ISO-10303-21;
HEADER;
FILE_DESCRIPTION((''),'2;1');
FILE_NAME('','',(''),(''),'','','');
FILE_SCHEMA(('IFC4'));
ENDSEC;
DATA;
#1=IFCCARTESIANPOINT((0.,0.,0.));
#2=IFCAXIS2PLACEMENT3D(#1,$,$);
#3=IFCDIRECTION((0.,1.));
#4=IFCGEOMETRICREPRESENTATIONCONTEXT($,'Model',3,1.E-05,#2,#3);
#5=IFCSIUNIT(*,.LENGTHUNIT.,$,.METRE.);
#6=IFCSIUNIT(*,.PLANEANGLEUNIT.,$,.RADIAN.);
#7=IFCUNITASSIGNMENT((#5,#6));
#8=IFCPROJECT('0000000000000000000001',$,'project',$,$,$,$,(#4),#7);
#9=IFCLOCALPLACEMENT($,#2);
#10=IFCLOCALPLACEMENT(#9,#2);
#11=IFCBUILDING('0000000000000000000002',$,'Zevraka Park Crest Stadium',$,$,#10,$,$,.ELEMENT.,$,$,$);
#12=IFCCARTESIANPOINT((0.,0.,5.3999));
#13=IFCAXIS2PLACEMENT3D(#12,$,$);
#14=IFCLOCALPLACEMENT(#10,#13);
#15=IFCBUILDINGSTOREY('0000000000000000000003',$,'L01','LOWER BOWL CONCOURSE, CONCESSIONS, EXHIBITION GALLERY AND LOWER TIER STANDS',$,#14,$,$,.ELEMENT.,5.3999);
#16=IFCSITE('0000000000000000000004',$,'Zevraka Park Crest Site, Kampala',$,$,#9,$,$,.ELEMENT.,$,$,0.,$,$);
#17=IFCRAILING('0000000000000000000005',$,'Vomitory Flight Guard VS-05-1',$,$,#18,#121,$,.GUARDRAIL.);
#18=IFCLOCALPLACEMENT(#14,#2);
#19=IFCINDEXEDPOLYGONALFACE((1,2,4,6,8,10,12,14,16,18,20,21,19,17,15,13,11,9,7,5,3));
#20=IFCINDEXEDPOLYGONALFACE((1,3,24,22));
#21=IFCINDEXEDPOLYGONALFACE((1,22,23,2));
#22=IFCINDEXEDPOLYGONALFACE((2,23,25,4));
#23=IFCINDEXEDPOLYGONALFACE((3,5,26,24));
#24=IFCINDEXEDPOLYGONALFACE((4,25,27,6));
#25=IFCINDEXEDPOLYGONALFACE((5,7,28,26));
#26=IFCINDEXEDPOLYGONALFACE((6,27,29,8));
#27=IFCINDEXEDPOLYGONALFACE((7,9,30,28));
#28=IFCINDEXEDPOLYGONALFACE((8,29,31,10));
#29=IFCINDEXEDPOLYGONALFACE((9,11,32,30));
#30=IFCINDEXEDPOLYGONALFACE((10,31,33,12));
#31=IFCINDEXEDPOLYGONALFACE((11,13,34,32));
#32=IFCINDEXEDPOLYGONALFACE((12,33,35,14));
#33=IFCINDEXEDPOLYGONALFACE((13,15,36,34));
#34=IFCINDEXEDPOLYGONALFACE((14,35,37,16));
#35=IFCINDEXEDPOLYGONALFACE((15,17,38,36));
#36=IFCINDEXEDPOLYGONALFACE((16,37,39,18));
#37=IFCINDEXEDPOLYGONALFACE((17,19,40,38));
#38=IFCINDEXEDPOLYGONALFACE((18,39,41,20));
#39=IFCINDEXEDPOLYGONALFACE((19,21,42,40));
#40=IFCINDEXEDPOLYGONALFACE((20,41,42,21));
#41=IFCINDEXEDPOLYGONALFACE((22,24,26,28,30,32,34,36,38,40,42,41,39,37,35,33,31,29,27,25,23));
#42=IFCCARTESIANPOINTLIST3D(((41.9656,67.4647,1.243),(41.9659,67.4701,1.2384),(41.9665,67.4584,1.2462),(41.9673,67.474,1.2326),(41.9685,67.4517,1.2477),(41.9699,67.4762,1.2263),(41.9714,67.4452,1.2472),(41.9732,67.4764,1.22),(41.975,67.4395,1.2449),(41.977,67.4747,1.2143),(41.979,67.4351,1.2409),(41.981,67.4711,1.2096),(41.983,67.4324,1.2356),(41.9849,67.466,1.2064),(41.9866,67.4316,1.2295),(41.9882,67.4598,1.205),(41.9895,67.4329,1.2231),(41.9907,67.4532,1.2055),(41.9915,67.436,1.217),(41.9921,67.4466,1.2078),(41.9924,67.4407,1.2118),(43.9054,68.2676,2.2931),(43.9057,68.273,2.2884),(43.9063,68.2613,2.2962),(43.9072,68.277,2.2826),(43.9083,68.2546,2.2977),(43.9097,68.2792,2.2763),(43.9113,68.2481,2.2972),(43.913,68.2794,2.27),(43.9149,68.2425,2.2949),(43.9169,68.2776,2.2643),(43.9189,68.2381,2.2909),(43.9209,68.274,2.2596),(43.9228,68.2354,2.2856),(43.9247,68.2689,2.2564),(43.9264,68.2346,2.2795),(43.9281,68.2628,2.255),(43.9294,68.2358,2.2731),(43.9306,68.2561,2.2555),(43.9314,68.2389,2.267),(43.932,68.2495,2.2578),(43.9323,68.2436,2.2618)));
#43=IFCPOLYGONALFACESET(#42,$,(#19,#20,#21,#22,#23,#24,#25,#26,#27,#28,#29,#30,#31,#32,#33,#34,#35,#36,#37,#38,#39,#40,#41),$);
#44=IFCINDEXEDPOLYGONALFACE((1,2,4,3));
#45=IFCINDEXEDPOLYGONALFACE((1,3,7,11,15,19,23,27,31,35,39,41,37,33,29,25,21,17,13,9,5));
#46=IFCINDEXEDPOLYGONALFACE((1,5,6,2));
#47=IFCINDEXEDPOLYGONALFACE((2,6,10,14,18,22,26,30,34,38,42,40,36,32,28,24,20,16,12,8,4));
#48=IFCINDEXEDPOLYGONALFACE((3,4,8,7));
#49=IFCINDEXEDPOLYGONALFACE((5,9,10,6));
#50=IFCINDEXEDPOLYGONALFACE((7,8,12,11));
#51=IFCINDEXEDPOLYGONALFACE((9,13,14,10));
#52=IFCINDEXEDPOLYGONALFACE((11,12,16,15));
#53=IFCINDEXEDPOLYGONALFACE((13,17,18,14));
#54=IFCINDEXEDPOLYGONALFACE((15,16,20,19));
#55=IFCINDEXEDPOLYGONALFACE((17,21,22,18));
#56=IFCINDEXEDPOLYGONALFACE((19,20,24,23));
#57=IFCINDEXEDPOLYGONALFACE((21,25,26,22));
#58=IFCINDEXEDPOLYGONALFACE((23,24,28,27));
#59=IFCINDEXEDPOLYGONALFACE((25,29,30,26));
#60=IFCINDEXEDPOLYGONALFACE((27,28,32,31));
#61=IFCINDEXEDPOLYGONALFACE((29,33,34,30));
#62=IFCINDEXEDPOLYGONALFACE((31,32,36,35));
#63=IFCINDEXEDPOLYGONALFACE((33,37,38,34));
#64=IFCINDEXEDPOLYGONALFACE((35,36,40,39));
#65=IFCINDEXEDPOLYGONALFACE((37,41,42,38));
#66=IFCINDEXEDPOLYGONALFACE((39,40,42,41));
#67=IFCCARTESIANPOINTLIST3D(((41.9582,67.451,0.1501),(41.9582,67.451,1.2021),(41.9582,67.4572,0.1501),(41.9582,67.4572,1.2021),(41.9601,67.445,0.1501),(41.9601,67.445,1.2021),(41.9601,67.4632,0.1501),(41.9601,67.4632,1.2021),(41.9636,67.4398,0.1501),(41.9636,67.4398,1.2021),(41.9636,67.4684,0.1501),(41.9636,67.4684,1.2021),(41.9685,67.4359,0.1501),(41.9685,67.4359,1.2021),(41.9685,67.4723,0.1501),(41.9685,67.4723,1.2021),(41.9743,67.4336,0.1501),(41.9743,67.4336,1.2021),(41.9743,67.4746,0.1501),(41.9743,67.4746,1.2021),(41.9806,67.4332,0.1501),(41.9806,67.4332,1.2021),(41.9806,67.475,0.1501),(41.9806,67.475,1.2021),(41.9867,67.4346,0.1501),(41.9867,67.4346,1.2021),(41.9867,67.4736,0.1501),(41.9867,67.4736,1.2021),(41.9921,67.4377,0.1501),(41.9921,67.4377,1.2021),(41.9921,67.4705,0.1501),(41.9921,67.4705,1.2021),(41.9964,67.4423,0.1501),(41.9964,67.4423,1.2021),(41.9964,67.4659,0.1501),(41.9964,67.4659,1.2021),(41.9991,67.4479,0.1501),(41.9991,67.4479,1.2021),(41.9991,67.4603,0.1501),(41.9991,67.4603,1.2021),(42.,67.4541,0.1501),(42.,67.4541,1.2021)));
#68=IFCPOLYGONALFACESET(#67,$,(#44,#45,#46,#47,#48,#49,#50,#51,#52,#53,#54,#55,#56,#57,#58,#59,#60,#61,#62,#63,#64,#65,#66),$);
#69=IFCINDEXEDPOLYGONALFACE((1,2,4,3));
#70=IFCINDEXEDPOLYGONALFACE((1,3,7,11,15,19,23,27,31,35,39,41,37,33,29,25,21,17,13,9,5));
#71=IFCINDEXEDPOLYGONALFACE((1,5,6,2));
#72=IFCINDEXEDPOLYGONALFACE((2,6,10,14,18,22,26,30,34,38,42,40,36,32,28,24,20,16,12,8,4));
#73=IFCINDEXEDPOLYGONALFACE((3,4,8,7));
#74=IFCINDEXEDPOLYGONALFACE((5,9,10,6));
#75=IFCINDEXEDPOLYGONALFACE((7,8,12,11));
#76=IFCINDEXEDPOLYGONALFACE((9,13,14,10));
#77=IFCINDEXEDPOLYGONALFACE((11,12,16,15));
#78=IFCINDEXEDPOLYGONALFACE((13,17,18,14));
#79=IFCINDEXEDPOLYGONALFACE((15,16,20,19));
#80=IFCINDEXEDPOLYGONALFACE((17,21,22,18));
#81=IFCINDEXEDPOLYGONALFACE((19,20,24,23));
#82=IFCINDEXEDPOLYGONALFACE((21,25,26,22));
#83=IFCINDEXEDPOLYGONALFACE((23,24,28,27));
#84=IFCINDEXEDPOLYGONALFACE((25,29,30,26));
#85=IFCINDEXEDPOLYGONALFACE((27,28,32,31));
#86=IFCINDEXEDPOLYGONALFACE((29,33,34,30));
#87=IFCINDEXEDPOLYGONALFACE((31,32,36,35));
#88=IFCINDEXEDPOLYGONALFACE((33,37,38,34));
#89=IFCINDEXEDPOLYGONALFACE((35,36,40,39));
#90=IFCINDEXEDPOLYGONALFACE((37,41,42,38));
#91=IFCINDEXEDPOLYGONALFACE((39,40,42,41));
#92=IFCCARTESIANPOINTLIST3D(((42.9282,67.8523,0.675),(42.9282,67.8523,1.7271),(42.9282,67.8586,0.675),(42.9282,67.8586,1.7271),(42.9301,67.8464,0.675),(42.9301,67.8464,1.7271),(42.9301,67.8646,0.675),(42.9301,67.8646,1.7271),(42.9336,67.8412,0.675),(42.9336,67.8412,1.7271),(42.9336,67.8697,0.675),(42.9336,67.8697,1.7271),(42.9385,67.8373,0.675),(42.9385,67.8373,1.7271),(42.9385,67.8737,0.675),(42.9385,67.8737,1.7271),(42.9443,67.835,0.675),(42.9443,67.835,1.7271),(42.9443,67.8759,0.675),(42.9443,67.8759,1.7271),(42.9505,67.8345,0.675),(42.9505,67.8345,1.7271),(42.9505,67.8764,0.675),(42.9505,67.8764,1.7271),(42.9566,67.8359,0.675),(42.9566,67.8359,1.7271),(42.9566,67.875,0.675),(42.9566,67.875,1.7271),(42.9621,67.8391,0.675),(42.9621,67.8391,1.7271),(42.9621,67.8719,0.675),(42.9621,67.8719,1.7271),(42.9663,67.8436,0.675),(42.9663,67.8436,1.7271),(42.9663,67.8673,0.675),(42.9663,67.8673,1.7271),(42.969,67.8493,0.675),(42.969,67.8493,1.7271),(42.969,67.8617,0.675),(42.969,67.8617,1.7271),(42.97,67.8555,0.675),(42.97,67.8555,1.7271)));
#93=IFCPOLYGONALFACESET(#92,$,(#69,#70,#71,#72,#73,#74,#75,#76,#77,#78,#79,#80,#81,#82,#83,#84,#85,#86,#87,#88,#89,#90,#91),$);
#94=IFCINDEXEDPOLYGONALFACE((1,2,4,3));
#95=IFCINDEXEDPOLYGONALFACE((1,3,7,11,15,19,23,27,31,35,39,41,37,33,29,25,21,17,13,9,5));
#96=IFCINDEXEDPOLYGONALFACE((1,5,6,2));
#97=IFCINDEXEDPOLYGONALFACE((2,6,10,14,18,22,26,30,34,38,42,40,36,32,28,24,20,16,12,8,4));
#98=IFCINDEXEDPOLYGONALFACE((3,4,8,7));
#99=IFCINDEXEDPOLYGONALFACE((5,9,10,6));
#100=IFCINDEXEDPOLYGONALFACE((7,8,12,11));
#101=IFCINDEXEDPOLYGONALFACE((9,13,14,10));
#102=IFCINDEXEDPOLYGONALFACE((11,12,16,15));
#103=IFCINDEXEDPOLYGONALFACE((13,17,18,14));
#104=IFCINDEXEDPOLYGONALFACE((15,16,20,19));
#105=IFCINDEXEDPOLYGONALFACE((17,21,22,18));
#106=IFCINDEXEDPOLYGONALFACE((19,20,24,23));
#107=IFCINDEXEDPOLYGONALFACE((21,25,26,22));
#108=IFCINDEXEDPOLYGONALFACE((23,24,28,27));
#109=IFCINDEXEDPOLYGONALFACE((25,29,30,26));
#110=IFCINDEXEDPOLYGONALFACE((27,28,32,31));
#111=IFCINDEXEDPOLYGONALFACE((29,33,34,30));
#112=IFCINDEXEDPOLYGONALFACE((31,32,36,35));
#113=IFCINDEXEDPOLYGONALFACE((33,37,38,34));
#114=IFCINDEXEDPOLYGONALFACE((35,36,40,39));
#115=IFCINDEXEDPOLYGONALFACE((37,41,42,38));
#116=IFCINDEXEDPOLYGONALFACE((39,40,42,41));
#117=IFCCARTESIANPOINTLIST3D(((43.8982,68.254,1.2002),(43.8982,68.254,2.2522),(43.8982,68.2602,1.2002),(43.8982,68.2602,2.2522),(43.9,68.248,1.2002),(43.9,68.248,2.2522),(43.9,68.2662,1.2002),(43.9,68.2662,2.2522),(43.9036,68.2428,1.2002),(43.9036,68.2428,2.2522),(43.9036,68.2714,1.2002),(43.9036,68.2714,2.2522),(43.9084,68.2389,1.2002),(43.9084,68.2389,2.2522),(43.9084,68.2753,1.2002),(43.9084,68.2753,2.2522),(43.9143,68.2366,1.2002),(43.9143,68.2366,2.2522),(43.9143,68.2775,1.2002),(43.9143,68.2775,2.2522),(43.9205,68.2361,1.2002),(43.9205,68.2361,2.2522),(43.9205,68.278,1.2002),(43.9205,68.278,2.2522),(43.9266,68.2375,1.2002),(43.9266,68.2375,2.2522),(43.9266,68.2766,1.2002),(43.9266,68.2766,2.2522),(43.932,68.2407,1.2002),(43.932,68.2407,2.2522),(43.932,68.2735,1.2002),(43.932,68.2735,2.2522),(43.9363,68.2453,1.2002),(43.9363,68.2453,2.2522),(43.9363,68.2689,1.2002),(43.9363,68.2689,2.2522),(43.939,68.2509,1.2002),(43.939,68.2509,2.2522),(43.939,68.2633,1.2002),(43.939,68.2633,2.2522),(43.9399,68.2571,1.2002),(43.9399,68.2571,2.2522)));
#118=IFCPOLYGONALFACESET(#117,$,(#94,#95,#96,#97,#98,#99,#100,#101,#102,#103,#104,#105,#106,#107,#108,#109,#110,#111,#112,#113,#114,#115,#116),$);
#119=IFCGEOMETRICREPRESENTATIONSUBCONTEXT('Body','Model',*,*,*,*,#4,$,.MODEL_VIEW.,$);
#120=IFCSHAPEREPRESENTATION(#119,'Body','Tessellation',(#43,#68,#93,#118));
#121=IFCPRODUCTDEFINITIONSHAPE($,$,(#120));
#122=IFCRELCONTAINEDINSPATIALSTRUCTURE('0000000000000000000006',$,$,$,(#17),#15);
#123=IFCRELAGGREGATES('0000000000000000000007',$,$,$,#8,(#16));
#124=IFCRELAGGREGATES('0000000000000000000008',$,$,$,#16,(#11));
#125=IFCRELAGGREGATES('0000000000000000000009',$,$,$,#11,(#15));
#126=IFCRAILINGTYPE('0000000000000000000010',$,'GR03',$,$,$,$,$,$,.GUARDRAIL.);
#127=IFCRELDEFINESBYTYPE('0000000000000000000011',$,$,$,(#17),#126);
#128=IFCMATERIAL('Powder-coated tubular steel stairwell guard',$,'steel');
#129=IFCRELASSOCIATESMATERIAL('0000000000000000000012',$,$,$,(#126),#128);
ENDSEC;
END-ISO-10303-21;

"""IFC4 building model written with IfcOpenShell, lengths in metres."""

from ifc_helpers import new_model, si_unit, direction, frame, origin, origin_2d, place, context, subcontext, project, spatial, circle, extrude, material, type_object, element, save


model = new_model("IFC4")

# Units and contexts
model_context = context("Model", 3, precision=1e-05, world=origin(), true_north=direction((0.0, 1.0)))
body_context = subcontext(model_context, "Body", "Model", "MODEL_VIEW")
ifc_project = project(units=[si_unit("LENGTHUNIT", "METRE"), si_unit("PLANEANGLEUNIT", "RADIAN")], contexts=[model_context])

# Site, building, storey
site_placement = place(None, origin())
site = spatial("IfcSite", under=ifc_project, at=site_placement, Name="Zevraka Park Crest Site, Kampala", CompositionType="ELEMENT", RefElevation=0.0)
building_placement = place(site_placement, origin())
building = spatial("IfcBuilding", under=site, at=building_placement, Name="Zevraka Park Crest Stadium", CompositionType="ELEMENT")
storey_placement = place(building_placement, frame((0.0, 0.0, 5.3999)))
storey = spatial("IfcBuildingStorey", under=building, at=storey_placement, Name="L01", Description="LOWER BOWL CONCOURSE, CONCESSIONS, EXHIBITION GALLERY AND LOWER TIER STANDS", CompositionType="ELEMENT", Elevation=5.3999)

# Railing
ifc_material_1 = material(Name="Powder-coated tubular steel stairwell guard", Category="steel")
railing_type_1 = type_object("IfcRailingType", Name="GR03", PredefinedType="GUARDRAIL", material=ifc_material_1)
railing_1_placement = place(storey_placement, frame((41.979, 67.4541, 0.1501)))
element("IfcRailing", 1, at=railing_1_placement, inside=storey, type_object=railing_type_1, Name="Vomitory Flight Guard VS-05-1", PredefinedType="GUARDRAIL", context=body_context, shape_type="SweptSolid", body=[
    extrude(circle(Radius=0.0239, at=origin_2d()), frame((0.0, 0.0, 1.0762), z_axis=(0.826387, 0.342057, 0.447305), x_axis=(-0.382451, 0.923976, 0.0)), (0.0, 0.0, 1.0), 2.3474),
    extrude(circle(Radius=0.021, at=origin_2d()), origin(), (0.0, 0.0, 1.0), 1.052),
    extrude(circle(Radius=0.021, at=origin_2d()), frame((0.97, 0.4014, 0.5249)), (0.0, 0.0, 1.0), 1.052),
    extrude(circle(Radius=0.021, at=origin_2d()), frame((1.9399, 0.803, 1.05)), (0.0, 0.0, 1.0), 1.052),
])

save(model, "model.ifc")
